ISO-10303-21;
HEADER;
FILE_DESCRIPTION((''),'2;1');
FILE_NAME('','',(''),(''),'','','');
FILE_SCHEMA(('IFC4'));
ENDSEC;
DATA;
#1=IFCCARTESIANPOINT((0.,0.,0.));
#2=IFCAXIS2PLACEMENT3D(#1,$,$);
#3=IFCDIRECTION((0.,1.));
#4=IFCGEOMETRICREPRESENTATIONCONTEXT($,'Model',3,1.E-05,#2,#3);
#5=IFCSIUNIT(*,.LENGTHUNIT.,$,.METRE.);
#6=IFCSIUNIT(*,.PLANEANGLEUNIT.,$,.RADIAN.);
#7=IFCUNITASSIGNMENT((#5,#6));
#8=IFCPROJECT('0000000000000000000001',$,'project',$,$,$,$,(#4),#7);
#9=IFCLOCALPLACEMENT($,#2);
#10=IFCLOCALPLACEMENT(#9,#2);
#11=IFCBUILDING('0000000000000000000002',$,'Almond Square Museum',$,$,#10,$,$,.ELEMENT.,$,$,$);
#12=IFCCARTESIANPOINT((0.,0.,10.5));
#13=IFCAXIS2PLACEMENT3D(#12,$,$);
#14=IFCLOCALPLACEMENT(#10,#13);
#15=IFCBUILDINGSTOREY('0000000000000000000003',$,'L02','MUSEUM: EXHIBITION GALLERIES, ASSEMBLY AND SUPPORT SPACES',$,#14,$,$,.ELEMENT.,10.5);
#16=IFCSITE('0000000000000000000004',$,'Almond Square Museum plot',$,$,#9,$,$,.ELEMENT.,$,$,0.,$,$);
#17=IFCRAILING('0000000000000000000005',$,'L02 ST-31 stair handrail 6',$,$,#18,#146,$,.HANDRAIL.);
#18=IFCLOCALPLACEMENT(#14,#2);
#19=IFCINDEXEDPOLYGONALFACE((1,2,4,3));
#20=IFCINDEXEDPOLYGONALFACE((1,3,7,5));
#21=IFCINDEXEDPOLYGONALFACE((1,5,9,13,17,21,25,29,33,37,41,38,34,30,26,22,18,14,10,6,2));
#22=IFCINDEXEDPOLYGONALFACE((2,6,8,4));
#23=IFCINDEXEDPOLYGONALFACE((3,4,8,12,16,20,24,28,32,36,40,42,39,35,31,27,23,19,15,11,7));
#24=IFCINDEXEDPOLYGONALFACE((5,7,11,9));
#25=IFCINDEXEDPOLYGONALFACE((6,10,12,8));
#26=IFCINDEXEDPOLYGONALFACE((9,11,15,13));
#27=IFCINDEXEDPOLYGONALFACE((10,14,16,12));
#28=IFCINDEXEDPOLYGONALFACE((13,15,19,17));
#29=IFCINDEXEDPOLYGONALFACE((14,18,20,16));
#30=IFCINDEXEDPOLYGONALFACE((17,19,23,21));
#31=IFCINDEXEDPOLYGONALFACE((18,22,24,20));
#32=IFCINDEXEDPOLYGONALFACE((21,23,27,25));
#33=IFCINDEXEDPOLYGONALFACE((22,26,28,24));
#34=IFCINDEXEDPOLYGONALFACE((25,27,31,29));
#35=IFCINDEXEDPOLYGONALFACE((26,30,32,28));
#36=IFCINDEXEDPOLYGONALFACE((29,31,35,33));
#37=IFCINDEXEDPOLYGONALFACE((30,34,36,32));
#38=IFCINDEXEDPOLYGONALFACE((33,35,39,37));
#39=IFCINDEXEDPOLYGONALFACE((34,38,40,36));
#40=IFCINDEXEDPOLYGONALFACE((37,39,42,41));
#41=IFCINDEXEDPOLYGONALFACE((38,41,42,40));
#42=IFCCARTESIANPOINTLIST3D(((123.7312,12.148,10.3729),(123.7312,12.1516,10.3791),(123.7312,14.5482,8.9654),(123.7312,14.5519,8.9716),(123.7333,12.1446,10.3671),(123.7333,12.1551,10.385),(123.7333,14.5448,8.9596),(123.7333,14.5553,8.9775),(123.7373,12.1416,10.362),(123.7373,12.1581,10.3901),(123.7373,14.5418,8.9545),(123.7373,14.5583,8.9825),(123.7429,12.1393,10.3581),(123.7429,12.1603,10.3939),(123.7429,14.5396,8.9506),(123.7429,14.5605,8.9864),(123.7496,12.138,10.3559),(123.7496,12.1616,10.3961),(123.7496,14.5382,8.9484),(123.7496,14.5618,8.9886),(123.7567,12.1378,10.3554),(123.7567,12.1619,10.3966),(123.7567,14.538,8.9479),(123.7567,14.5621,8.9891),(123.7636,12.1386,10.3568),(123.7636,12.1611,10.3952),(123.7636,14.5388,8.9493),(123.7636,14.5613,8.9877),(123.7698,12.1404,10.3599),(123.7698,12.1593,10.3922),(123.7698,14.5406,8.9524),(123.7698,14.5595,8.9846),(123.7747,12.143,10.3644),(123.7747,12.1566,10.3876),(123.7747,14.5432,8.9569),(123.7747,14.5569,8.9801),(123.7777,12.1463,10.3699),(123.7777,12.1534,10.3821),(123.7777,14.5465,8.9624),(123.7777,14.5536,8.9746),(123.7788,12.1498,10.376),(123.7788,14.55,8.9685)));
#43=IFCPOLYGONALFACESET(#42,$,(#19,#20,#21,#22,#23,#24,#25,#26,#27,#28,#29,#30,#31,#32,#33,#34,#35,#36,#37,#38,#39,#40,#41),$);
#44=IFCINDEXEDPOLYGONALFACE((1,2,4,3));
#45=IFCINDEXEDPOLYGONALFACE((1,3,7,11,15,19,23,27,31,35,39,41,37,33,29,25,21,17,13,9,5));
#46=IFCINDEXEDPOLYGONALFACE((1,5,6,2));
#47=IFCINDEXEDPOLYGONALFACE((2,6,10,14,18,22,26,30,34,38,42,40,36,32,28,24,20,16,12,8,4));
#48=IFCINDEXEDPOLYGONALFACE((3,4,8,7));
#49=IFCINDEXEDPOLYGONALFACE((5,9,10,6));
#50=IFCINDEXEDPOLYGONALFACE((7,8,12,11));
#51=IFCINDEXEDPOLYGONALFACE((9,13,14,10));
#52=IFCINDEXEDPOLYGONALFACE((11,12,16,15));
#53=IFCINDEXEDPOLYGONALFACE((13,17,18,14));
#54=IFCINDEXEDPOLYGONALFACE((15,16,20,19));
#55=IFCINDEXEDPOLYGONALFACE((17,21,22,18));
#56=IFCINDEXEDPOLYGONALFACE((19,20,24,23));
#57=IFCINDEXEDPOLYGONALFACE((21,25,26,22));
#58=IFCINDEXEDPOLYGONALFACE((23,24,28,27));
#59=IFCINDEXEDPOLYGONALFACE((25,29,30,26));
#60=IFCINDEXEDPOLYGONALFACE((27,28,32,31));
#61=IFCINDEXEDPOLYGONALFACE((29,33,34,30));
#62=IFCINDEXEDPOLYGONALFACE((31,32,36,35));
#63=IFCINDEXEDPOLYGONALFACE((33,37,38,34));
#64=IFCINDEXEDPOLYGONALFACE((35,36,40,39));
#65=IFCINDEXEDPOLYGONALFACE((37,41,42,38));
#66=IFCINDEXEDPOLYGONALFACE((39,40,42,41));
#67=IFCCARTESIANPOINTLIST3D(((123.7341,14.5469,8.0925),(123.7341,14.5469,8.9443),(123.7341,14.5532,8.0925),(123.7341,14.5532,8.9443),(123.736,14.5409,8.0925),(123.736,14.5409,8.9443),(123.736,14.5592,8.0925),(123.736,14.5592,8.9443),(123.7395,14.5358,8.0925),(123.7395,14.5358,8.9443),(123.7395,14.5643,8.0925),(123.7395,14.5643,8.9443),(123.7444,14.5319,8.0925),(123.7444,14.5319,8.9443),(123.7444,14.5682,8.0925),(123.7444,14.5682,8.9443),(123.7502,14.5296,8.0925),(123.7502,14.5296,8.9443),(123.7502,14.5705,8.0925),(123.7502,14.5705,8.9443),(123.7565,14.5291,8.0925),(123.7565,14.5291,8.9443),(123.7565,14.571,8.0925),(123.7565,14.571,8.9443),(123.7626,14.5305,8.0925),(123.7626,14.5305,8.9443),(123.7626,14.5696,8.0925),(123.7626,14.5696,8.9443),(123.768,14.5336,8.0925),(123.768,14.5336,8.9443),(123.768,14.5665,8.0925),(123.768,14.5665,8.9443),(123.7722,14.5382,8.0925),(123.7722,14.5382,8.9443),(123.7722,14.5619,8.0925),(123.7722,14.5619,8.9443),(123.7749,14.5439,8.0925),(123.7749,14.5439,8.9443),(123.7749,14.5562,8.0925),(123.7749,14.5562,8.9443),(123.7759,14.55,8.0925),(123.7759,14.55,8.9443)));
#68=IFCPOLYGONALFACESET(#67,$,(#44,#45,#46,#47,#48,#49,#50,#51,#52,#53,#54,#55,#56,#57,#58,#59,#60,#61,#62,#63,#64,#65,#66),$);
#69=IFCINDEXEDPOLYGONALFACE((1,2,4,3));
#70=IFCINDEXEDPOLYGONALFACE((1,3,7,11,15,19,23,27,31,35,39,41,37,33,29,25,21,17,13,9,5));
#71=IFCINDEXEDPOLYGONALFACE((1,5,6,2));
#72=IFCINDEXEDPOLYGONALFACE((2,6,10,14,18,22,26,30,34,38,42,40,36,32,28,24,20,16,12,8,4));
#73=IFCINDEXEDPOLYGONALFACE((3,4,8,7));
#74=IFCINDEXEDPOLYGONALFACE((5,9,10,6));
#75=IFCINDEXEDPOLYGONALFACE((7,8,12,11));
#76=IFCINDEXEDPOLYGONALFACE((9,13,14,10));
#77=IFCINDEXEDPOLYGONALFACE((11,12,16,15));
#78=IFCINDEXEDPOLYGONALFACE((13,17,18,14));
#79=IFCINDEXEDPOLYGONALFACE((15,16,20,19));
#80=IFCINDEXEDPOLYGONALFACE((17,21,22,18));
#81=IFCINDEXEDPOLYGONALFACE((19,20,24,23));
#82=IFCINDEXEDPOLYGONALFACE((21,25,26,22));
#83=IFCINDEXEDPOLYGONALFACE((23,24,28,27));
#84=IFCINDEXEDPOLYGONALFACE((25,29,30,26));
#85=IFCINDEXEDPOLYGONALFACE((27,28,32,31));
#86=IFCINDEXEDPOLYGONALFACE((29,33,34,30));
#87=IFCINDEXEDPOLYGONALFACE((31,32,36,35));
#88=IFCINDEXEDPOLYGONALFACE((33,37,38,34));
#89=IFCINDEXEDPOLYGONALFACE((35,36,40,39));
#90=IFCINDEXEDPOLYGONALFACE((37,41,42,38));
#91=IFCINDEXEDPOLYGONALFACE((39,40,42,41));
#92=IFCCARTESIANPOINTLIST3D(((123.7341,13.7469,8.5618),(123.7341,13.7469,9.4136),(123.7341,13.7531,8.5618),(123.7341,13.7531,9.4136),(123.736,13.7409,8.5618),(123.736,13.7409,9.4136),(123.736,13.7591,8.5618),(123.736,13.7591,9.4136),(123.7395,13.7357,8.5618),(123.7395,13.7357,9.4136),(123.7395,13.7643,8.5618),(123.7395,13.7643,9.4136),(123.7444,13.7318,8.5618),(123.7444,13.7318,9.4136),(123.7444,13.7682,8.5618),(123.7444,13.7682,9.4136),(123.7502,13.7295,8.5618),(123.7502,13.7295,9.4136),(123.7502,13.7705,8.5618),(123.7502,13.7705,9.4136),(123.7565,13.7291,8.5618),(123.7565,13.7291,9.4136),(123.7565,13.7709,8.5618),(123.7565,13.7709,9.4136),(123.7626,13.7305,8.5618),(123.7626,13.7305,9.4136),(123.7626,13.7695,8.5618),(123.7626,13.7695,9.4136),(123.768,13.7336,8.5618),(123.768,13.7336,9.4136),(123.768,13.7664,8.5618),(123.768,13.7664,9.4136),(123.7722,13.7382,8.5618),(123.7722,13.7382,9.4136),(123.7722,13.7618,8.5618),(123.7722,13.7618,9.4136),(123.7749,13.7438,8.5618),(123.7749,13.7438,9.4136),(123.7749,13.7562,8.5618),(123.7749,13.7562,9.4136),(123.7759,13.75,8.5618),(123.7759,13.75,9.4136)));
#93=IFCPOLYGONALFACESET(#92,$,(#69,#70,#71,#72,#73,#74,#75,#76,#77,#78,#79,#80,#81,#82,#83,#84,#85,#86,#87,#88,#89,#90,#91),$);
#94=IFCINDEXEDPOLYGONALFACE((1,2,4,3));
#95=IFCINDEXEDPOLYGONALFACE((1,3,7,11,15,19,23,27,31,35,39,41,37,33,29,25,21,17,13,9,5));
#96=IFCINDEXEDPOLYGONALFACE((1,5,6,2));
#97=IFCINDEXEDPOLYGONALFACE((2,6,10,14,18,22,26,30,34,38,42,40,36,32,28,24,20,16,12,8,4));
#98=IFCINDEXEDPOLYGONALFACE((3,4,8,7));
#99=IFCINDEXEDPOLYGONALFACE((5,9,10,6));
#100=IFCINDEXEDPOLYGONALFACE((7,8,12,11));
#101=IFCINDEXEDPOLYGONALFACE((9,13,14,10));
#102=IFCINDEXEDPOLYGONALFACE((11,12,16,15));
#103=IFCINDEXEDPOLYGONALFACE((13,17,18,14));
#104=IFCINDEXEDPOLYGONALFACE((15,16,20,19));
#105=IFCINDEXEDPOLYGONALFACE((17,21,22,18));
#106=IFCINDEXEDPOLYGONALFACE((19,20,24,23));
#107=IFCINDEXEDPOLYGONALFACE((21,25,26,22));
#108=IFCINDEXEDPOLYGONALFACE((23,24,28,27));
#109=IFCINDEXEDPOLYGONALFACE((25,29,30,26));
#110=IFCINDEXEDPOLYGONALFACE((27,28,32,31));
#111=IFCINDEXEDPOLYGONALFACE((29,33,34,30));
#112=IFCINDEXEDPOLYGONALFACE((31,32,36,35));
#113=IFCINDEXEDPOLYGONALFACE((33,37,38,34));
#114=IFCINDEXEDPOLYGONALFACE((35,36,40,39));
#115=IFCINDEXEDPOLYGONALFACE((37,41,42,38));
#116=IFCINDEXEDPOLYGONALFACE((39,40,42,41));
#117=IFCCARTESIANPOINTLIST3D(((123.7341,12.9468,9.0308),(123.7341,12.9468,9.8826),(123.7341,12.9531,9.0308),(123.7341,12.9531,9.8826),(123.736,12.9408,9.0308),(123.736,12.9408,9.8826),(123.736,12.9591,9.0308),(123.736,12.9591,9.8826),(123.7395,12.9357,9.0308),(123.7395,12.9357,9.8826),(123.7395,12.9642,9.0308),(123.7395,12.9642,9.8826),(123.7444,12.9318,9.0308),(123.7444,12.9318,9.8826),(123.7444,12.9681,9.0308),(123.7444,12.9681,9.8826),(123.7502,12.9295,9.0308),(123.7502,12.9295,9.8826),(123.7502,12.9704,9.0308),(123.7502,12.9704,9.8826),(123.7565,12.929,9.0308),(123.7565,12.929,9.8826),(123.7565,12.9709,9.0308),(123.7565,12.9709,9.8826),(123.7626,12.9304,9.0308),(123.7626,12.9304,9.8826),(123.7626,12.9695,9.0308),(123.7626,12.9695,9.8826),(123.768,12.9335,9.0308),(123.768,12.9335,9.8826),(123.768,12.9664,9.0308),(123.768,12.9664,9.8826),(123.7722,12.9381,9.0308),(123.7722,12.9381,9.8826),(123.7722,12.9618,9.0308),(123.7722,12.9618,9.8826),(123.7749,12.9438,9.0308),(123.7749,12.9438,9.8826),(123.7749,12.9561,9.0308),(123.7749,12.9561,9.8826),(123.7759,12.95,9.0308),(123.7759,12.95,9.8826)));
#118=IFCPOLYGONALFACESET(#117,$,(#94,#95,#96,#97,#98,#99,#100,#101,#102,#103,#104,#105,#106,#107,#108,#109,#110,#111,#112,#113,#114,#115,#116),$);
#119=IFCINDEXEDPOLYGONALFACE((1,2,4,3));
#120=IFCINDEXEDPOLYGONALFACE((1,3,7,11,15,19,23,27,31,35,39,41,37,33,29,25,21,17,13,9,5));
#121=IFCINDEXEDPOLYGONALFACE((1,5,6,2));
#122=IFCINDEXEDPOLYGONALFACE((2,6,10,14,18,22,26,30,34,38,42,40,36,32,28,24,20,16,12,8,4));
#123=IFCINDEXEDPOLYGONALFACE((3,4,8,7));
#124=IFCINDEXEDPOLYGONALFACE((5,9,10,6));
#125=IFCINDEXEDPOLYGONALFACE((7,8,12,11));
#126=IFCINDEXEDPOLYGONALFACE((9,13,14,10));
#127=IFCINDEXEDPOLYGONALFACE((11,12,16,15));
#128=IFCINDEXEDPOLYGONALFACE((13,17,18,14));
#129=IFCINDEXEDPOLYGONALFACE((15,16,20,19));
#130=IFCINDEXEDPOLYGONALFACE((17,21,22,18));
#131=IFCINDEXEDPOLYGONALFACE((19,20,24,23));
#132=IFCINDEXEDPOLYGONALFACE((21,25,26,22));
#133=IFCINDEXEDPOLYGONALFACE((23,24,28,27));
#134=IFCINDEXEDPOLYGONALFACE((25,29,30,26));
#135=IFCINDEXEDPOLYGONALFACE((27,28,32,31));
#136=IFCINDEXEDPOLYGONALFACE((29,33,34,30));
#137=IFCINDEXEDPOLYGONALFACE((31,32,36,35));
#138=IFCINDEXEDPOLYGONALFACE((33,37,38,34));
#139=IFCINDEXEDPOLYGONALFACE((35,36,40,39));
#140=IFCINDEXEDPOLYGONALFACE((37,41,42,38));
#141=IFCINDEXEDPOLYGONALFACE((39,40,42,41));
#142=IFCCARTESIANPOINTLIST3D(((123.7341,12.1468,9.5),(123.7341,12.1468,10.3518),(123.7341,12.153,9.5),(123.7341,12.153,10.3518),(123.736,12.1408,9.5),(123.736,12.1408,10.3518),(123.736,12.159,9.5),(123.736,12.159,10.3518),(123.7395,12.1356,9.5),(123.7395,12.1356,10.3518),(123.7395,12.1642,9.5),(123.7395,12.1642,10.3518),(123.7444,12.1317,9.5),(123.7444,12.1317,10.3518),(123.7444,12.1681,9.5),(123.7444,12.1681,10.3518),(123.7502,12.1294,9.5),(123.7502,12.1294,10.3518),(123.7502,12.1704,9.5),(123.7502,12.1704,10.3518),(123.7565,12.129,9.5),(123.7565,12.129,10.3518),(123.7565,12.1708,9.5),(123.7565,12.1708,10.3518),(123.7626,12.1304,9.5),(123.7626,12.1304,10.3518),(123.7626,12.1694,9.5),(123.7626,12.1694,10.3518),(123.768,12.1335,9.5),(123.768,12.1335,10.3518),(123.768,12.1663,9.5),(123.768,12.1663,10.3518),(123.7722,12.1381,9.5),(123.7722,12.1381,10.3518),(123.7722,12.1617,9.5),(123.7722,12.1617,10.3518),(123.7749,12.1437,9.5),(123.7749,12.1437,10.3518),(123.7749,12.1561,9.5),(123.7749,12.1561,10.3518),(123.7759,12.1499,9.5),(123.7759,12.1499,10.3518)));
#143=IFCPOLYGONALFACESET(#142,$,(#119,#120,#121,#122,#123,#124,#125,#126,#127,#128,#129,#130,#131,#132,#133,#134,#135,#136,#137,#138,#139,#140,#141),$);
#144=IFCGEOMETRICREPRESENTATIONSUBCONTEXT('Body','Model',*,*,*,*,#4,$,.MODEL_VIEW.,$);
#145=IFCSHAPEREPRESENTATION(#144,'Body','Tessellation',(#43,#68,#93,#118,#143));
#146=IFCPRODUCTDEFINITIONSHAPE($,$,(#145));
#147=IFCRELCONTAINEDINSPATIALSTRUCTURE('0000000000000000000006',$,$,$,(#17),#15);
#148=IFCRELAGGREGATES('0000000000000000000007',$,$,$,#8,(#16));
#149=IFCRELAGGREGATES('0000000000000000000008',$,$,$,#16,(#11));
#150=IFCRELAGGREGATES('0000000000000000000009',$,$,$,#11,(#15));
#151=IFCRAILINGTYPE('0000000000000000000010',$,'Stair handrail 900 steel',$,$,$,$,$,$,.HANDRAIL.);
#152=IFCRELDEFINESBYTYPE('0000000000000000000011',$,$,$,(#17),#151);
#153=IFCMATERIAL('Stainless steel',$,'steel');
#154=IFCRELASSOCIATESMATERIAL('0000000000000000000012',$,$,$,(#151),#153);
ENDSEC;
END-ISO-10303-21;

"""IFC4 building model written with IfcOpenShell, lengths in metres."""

from ifc_helpers import new_model, si_unit, direction, frame, origin, origin_2d, place, context, subcontext, project, spatial, circle, extrude, material, type_object, element, save


model = new_model("IFC4")

# Units and contexts
model_context = context("Model", 3, precision=1e-05, world=origin(), true_north=direction((0.0, 1.0)))
body_context = subcontext(model_context, "Body", "Model", "MODEL_VIEW")
ifc_project = project(units=[si_unit("LENGTHUNIT", "METRE"), si_unit("PLANEANGLEUNIT", "RADIAN")], contexts=[model_context])

# Site, building, storey
site_placement = place(None, origin())
site = spatial("IfcSite", under=ifc_project, at=site_placement, Name="Almond Square Museum plot", CompositionType="ELEMENT", RefElevation=0.0)
building_placement = place(site_placement, origin())
building = spatial("IfcBuilding", under=site, at=building_placement, Name="Almond Square Museum", CompositionType="ELEMENT")
storey_placement = place(building_placement, frame((0.0, 0.0, 10.5)))
storey = spatial("IfcBuildingStorey", under=building, at=storey_placement, Name="L02", Description="MUSEUM: EXHIBITION GALLERIES, ASSEMBLY AND SUPPORT SPACES", CompositionType="ELEMENT", Elevation=10.5)

# Railing
ifc_material_1 = material(Name="Stainless steel", Category="steel")
railing_type_1 = type_object("IfcRailingType", Name="Stair handrail 900 steel", PredefinedType="HANDRAIL", material=ifc_material_1)
railing_1_placement = place(storey_placement, frame((123.7549, 14.55, 8.0925)))
element("IfcRailing", 1, at=railing_1_placement, inside=storey, type_object=railing_type_1, Name="L02 ST-31 stair handrail 6", PredefinedType="HANDRAIL", context=body_context, shape_type="SweptSolid", body=[
    extrude(circle(Radius=0.0239, at=origin_2d()), frame((0.0, 0.0, 0.876), z_axis=(0.0, -0.862621, 0.50585), x_axis=(1.0, 0.0, 0.0)), (0.0, 0.0, 1.0), 2.7825),
    extrude(circle(Radius=0.021, at=origin_2d()), origin(), (0.0, 0.0, 1.0), 0.8518),
    extrude(circle(Radius=0.021, at=origin_2d()), frame((0.0, -0.8, 0.4692)), (0.0, 0.0, 1.0), 0.8518),
    extrude(circle(Radius=0.021, at=origin_2d()), frame((0.0, -1.6001, 0.9382)), (0.0, 0.0, 1.0), 0.8518),
    extrude(circle(Radius=0.021, at=origin_2d()), frame((0.0, -2.4001, 1.4075)), (0.0, 0.0, 1.0), 0.8518),
])

save(model, "model.ifc")
